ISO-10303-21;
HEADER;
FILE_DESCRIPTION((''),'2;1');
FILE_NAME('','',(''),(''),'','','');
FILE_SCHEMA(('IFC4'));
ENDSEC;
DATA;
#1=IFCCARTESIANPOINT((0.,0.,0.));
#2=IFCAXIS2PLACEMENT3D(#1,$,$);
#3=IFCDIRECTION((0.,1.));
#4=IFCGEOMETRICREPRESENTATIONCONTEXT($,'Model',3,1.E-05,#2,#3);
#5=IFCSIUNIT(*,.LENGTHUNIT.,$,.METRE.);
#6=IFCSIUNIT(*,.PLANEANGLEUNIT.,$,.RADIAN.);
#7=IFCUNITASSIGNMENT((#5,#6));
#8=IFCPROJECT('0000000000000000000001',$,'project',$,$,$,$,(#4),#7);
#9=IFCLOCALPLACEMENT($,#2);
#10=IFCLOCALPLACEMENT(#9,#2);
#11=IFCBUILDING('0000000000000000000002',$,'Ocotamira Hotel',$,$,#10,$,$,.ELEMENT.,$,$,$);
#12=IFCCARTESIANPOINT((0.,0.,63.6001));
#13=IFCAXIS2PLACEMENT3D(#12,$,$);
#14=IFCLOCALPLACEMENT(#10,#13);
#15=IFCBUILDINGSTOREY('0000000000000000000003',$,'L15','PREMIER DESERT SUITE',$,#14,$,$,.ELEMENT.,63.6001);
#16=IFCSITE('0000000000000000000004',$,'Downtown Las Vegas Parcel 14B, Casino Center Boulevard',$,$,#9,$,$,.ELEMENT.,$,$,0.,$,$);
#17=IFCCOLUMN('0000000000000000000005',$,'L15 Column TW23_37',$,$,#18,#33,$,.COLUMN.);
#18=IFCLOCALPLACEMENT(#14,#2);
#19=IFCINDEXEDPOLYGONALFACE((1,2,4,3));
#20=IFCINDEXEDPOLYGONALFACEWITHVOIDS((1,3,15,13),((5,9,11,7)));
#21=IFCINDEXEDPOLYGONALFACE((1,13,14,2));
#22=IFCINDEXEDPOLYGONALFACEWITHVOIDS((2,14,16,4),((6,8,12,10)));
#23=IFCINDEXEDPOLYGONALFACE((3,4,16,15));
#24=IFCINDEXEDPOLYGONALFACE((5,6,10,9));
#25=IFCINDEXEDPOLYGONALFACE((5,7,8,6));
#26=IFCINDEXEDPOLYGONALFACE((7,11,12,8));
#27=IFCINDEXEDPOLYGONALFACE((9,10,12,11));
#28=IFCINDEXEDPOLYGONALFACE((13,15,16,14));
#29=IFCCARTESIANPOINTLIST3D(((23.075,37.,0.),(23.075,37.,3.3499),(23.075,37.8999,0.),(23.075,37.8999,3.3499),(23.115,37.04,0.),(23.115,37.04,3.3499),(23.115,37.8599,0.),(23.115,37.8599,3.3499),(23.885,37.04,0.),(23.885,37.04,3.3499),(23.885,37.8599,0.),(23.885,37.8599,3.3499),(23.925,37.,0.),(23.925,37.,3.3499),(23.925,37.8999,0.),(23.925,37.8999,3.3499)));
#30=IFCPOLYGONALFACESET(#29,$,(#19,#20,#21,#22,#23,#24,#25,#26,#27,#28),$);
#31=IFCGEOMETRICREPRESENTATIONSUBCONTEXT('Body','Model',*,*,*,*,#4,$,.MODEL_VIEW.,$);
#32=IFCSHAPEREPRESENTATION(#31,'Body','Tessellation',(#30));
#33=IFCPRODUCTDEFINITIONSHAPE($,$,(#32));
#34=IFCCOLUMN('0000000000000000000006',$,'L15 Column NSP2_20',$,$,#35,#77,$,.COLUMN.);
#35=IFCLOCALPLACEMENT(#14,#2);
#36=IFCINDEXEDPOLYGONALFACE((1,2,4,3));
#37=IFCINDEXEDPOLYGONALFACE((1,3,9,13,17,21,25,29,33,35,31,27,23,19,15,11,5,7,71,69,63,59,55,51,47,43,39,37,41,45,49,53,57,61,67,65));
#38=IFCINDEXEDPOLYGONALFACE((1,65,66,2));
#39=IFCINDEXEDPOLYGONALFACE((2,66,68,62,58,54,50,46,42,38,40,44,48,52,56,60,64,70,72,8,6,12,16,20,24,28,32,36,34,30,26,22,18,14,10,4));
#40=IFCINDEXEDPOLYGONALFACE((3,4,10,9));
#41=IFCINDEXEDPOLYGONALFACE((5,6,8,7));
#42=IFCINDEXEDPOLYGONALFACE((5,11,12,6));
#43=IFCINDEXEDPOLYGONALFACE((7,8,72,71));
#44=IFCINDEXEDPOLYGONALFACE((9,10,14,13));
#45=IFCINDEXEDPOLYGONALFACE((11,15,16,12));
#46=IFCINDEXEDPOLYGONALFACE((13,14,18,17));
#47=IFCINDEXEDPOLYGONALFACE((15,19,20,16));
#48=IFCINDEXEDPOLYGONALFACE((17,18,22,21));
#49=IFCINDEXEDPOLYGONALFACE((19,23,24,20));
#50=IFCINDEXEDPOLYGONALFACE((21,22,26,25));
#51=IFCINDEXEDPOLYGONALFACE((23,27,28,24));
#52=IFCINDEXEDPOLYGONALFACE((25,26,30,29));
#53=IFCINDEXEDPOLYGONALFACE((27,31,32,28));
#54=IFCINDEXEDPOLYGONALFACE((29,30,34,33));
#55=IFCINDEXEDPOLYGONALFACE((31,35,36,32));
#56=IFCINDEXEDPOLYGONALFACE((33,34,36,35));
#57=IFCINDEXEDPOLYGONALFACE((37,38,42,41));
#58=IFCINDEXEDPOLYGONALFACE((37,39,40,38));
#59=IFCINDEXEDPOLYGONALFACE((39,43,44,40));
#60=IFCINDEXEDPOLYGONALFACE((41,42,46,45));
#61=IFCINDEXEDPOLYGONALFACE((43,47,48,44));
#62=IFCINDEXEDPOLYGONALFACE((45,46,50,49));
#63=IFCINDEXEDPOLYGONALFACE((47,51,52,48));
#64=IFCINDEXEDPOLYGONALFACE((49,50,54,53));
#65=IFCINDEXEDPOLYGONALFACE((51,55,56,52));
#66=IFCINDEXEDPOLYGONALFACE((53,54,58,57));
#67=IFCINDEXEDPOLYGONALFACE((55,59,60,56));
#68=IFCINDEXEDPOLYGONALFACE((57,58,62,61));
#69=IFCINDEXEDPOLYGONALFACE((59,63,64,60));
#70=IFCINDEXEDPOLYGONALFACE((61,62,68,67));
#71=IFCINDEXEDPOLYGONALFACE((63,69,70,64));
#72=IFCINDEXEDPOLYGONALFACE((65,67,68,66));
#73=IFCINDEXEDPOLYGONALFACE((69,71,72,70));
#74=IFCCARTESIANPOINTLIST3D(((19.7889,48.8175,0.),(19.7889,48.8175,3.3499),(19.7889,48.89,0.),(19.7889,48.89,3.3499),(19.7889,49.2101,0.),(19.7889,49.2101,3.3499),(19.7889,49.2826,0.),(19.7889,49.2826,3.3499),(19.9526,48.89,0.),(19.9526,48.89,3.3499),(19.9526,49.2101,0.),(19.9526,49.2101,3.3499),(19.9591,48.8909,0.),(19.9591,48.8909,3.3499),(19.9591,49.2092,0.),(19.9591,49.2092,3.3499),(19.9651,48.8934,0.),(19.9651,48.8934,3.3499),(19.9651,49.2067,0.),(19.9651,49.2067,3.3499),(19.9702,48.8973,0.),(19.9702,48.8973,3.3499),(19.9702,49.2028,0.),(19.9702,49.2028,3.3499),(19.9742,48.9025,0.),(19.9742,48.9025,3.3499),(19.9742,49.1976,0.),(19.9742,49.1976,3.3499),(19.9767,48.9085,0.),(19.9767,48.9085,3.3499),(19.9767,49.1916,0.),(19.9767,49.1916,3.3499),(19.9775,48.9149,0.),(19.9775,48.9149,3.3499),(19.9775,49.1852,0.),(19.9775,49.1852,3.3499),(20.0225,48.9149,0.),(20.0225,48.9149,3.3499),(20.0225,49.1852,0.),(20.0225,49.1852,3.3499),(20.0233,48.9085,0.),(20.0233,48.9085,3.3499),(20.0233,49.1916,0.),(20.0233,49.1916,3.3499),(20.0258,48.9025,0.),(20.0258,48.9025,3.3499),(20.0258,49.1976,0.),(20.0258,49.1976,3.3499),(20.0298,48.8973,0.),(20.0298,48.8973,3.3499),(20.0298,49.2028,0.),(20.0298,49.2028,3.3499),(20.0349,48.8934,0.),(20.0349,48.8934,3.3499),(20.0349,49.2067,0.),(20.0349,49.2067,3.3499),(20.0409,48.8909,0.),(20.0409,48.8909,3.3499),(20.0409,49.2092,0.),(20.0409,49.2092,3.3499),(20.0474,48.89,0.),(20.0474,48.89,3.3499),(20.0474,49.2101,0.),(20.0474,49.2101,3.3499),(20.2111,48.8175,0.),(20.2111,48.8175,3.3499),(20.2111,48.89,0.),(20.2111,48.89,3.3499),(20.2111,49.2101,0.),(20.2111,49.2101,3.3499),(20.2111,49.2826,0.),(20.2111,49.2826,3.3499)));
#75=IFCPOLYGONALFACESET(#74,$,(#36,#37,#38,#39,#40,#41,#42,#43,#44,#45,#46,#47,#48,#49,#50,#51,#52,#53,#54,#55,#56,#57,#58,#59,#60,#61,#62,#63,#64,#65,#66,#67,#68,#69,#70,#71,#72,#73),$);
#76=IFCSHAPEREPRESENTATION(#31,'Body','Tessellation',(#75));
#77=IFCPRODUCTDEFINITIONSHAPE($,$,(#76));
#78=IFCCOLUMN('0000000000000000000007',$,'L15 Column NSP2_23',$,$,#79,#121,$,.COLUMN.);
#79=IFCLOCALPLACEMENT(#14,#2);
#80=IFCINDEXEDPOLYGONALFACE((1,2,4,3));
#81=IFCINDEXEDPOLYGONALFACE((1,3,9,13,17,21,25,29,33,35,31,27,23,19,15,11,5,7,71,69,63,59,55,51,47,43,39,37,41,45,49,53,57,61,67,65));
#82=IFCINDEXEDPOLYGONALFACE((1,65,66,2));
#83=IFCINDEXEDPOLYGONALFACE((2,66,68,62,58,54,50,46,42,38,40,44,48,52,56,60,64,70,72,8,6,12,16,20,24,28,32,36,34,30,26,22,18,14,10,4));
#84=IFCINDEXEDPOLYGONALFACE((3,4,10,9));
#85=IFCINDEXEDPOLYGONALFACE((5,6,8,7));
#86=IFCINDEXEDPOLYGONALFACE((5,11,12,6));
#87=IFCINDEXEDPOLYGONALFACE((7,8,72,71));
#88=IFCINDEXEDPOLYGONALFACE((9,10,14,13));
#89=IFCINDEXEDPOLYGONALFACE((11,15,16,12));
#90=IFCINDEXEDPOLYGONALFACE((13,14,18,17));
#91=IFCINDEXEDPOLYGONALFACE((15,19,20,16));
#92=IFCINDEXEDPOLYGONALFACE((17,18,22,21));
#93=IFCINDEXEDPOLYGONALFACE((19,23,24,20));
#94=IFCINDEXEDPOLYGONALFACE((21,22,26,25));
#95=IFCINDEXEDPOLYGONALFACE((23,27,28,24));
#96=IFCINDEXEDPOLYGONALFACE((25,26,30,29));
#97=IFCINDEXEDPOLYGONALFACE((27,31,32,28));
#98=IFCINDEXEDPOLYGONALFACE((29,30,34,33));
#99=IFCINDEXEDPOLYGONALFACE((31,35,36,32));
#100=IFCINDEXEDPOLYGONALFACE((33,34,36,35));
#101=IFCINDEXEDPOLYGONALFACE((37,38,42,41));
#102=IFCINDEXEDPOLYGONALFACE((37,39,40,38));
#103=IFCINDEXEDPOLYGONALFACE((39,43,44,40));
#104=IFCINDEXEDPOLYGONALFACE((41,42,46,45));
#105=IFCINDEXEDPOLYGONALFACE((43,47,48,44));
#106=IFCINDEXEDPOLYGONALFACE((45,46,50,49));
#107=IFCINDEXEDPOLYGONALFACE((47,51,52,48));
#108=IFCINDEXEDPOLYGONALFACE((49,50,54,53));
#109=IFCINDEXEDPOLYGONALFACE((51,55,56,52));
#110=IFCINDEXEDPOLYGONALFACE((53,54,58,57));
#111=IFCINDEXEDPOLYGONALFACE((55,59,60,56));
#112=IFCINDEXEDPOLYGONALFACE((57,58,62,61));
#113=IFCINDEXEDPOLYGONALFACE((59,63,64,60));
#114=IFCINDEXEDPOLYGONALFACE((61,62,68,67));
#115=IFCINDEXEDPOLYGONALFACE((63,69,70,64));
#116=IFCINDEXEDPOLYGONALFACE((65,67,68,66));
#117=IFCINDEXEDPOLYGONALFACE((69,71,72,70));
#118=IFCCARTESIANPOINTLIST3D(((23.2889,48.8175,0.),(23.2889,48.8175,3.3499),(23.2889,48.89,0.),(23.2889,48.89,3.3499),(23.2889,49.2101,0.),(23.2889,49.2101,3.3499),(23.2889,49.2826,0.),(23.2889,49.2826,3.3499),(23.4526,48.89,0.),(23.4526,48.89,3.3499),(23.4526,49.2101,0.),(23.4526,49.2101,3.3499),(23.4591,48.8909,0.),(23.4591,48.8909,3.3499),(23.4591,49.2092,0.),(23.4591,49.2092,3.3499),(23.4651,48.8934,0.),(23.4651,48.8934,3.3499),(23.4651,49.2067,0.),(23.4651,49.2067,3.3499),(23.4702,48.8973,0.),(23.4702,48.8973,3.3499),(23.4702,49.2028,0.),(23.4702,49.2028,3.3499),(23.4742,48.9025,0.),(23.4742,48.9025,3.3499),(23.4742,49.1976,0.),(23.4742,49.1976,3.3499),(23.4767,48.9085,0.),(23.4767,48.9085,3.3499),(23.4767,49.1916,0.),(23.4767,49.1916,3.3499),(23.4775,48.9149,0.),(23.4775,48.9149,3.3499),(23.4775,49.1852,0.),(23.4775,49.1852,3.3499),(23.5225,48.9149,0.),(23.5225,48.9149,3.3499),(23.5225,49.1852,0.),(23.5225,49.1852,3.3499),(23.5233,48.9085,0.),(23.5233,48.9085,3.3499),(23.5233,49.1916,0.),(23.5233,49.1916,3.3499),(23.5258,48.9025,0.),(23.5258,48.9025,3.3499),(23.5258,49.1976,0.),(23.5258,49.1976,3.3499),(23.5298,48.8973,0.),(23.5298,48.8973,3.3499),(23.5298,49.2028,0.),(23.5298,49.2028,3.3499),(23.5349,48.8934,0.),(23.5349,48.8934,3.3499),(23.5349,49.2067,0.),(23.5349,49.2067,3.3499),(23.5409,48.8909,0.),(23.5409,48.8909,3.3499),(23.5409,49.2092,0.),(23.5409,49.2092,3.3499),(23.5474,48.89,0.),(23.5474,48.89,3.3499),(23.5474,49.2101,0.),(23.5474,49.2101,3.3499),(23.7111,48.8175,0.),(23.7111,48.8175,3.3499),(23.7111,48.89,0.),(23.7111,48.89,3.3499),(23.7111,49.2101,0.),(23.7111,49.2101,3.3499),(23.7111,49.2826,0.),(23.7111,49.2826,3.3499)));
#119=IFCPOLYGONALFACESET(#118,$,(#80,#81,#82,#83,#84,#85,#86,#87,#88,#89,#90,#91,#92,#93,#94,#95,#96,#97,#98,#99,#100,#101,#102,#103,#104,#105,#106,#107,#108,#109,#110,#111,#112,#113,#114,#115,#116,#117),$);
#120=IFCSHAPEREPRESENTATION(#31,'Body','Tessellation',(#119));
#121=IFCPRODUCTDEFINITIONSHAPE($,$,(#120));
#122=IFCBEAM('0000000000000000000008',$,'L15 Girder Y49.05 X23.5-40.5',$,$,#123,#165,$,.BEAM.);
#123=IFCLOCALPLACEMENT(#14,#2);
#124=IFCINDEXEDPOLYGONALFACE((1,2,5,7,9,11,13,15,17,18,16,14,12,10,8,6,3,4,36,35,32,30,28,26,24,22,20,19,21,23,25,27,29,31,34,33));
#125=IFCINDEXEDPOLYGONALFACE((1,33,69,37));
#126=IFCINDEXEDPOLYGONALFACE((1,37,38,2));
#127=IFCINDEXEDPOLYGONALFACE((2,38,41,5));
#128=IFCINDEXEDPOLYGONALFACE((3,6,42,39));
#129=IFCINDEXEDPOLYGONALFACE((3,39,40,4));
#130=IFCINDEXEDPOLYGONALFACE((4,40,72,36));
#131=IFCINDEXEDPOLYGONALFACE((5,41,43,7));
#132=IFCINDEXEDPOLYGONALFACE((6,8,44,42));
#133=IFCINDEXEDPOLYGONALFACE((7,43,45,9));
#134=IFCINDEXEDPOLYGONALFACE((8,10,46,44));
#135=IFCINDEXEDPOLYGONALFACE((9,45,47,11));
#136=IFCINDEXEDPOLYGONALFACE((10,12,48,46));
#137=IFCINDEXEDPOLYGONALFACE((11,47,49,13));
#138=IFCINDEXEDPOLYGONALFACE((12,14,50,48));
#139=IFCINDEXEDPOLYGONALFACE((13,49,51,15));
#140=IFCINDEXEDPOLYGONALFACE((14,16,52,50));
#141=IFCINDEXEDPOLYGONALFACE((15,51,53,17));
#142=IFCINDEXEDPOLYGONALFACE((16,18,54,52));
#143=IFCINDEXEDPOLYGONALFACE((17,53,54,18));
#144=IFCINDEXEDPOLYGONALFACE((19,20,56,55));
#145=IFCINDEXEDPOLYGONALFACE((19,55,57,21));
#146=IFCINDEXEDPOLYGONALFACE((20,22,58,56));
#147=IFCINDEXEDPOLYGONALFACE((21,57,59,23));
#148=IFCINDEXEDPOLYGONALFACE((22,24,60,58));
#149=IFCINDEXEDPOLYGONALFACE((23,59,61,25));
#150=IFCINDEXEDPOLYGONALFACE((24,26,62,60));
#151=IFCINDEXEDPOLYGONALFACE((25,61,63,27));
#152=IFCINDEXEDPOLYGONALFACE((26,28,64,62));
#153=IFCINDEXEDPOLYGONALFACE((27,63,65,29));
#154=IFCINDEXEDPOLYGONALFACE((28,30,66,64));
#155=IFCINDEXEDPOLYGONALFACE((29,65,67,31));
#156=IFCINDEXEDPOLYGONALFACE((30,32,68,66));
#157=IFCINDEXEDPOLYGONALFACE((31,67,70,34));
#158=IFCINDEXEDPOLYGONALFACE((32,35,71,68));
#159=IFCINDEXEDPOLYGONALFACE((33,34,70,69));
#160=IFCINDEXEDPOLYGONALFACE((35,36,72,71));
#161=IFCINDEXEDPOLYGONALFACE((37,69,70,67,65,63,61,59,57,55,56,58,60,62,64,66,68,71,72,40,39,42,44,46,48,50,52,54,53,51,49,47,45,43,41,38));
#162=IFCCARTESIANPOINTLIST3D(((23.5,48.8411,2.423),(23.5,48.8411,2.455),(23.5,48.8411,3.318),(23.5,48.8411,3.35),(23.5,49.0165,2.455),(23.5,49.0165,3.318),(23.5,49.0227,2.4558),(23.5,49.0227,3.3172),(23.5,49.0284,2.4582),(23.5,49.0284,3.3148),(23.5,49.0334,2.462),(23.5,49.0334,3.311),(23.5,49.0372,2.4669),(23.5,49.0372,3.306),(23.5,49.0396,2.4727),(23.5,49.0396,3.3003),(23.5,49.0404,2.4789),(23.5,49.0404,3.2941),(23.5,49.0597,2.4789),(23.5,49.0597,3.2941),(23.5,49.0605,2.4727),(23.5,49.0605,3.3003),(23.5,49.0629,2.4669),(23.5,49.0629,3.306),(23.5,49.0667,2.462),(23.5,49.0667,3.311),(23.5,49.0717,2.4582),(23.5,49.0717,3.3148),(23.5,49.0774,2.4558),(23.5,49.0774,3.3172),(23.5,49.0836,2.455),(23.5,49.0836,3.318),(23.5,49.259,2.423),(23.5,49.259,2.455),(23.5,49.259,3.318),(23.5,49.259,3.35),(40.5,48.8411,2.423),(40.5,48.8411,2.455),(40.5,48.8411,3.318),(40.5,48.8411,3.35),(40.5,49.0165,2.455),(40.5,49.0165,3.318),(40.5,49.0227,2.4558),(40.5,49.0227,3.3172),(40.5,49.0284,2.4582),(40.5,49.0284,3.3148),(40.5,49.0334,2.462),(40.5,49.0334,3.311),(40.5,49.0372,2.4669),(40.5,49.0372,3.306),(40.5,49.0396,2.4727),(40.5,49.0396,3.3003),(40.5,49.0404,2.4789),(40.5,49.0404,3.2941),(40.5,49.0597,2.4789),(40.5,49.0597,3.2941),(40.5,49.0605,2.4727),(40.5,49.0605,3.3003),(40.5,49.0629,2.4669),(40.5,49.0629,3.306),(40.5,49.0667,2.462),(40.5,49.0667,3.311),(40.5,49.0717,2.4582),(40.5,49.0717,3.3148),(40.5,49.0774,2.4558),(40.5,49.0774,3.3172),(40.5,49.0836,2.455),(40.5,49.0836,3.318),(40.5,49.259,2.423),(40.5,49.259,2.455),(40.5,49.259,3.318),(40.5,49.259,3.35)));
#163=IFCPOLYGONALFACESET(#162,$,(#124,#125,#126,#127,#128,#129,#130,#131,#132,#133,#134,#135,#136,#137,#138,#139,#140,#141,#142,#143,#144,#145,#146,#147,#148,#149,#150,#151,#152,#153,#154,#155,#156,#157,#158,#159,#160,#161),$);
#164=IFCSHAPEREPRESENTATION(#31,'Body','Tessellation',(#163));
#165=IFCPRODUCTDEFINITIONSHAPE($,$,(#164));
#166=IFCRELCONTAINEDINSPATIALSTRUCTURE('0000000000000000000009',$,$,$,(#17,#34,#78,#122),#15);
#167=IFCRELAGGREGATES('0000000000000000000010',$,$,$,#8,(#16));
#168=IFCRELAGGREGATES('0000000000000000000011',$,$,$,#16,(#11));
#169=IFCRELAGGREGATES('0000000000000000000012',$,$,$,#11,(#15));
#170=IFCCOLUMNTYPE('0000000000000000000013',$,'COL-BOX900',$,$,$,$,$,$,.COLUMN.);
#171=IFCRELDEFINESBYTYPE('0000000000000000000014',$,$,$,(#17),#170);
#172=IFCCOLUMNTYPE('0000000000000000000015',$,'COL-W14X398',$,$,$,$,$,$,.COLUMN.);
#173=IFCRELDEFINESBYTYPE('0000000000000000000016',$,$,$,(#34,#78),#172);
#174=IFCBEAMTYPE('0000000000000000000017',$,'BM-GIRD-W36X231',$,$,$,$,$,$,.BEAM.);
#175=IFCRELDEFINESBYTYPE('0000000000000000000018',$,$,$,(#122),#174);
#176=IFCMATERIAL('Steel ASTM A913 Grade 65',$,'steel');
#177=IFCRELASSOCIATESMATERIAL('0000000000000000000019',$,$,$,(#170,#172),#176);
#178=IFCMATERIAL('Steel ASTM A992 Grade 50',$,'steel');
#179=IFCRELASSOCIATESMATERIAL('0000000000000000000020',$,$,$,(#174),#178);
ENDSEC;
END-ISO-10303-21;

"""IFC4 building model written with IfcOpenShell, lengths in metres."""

from ifc_helpers import new_model, si_unit, direction, frame, origin, origin_2d, place, context, subcontext, project, spatial, hollow_rectangle, i_section, extrude, source, transform, mapped, material, material_profile, profile_set, type_object, element, save


model = new_model("IFC4")

# Units and contexts
model_context = context("Model", 3, precision=1e-05, world=origin(), true_north=direction((0.0, 1.0)))
body_context = subcontext(model_context, "Body", "Model", "MODEL_VIEW")
ifc_project = project(units=[si_unit("LENGTHUNIT", "METRE"), si_unit("PLANEANGLEUNIT", "RADIAN")], contexts=[model_context])

# Site, building, storey
site_placement = place(None, origin())
site = spatial("IfcSite", under=ifc_project, at=site_placement, Name="Downtown Las Vegas Parcel 14B, Casino Center Boulevard", CompositionType="ELEMENT", RefElevation=0.0)
building_placement = place(site_placement, origin())
building = spatial("IfcBuilding", under=site, at=building_placement, Name="Ocotamira Hotel", CompositionType="ELEMENT")
storey_placement = place(building_placement, frame((0.0, 0.0, 63.6001)))
storey = spatial("IfcBuildingStorey", under=building, at=storey_placement, Name="L15", Description="PREMIER DESERT SUITE", CompositionType="ELEMENT", Elevation=63.6001)

# Columns
ifc_material_1 = material(Name="Steel ASTM A913 Grade 65", Category="steel")
ifc_material_profile_1 = material_profile(ifc_material_1, hollow_rectangle(XDim=0.8501, YDim=0.8999, WallThickness=0.04, at=origin_2d()), Name="BOX900X850X40")
ifc_profile_set_1 = profile_set([ifc_material_profile_1], Name="Steel ASTM A913 Grade 65")
column_type_1 = type_object("IfcColumnType", Name="COL-BOX900", PredefinedType="COLUMN", material=ifc_profile_set_1)
shared_shape_1 = source(origin(), body_context, "Body", "SweptSolid", [
    extrude(hollow_rectangle(XDim=0.8501, YDim=0.8999, WallThickness=0.04, at=origin_2d()), origin(), (0.0, 0.0, 1.0), 3.3499),
])
column_placement = place(storey_placement, frame((23.5, 37.45, 0.0), z_axis=(0.0, 0.0, 1.0), x_axis=(1.0, 0.0, 0.0)))
element("IfcColumn", 1, at=column_placement, inside=storey, type_object=column_type_1, Name="L15 Column TW23_37", PredefinedType="COLUMN", context=body_context, shape_type="MappedRepresentation", body=[
    mapped(shared_shape_1, transform((0.0, 0.0, 0.0), scale=1.0)),
])
ifc_material_profile_2 = material_profile(ifc_material_1, i_section(OverallWidth=0.4221, OverallDepth=0.4651, WebThickness=0.0449, FlangeThickness=0.0725, FilletRadius=0.0249, at=origin_2d()), Name="W14X398")
ifc_profile_set_2 = profile_set([ifc_material_profile_2], Name="Steel ASTM A913 Grade 65")
column_type_2 = type_object("IfcColumnType", Name="COL-W14X398", PredefinedType="COLUMN", material=ifc_profile_set_2)
shared_shape_2 = source(origin(), body_context, "Body", "SweptSolid", [
    extrude(i_section(OverallWidth=0.4221, OverallDepth=0.4651, WebThickness=0.0449, FlangeThickness=0.0725, FilletRadius=0.0249, at=origin_2d()), origin(), (0.0, 0.0, 1.0), 3.3499),
])
for number, where, z_axis, x_axis, name in (
    (2, (20.0, 49.05, 0.0), (0.0, 0.0, 1.0), (1.0, 0.0, 0.0), "L15 Column NSP2_20"),
    (3, (23.5, 49.05, 0.0), (0.0, 0.0, 1.0), (1.0, 0.0, 0.0), "L15 Column NSP2_23"),
):
    element("IfcColumn", number, at=place(storey_placement, frame(where, z_axis=z_axis, x_axis=x_axis)), inside=storey, type_object=column_type_2, Name=name, PredefinedType="COLUMN", context=body_context, shape_type="MappedRepresentation", body=[
        mapped(shared_shape_2, transform((0.0, 0.0, 0.0), scale=1.0)),
    ])

# Beam
ifc_material_2 = material(Name="Steel ASTM A992 Grade 50", Category="steel")
ifc_material_profile_3 = material_profile(ifc_material_2, i_section(OverallWidth=0.418, OverallDepth=0.927, WebThickness=0.0193, FlangeThickness=0.032, FilletRadius=0.0239, at=origin_2d()), Name="W36X231")
ifc_profile_set_3 = profile_set([ifc_material_profile_3], Name="Steel ASTM A992 Grade 50")
beam_type_1 = type_object("IfcBeamType", Name="BM-GIRD-W36X231", PredefinedType="BEAM", material=ifc_profile_set_3)
shared_shape_3 = source(origin(), body_context, "Body", "SweptSolid", [
    extrude(i_section(OverallWidth=0.418, OverallDepth=0.927, WebThickness=0.0193, FlangeThickness=0.032, FilletRadius=0.0239, at=origin_2d()), origin(), (0.0, 0.0, 1.0), 17.0),
])
beam_1_placement = place(storey_placement, frame((23.5, 49.05, 2.8865), z_axis=(1.0, 0.0, 0.0), x_axis=(0.0, 1.0, 0.0)))
element("IfcBeam", 4, at=beam_1_placement, inside=storey, type_object=beam_type_1, Name="L15 Girder Y49.05 X23.5-40.5", PredefinedType="BEAM", context=body_context, shape_type="MappedRepresentation", body=[
    mapped(shared_shape_3, transform((0.0, 0.0, 0.0), scale=1.0)),
])

save(model, "model.ifc")
